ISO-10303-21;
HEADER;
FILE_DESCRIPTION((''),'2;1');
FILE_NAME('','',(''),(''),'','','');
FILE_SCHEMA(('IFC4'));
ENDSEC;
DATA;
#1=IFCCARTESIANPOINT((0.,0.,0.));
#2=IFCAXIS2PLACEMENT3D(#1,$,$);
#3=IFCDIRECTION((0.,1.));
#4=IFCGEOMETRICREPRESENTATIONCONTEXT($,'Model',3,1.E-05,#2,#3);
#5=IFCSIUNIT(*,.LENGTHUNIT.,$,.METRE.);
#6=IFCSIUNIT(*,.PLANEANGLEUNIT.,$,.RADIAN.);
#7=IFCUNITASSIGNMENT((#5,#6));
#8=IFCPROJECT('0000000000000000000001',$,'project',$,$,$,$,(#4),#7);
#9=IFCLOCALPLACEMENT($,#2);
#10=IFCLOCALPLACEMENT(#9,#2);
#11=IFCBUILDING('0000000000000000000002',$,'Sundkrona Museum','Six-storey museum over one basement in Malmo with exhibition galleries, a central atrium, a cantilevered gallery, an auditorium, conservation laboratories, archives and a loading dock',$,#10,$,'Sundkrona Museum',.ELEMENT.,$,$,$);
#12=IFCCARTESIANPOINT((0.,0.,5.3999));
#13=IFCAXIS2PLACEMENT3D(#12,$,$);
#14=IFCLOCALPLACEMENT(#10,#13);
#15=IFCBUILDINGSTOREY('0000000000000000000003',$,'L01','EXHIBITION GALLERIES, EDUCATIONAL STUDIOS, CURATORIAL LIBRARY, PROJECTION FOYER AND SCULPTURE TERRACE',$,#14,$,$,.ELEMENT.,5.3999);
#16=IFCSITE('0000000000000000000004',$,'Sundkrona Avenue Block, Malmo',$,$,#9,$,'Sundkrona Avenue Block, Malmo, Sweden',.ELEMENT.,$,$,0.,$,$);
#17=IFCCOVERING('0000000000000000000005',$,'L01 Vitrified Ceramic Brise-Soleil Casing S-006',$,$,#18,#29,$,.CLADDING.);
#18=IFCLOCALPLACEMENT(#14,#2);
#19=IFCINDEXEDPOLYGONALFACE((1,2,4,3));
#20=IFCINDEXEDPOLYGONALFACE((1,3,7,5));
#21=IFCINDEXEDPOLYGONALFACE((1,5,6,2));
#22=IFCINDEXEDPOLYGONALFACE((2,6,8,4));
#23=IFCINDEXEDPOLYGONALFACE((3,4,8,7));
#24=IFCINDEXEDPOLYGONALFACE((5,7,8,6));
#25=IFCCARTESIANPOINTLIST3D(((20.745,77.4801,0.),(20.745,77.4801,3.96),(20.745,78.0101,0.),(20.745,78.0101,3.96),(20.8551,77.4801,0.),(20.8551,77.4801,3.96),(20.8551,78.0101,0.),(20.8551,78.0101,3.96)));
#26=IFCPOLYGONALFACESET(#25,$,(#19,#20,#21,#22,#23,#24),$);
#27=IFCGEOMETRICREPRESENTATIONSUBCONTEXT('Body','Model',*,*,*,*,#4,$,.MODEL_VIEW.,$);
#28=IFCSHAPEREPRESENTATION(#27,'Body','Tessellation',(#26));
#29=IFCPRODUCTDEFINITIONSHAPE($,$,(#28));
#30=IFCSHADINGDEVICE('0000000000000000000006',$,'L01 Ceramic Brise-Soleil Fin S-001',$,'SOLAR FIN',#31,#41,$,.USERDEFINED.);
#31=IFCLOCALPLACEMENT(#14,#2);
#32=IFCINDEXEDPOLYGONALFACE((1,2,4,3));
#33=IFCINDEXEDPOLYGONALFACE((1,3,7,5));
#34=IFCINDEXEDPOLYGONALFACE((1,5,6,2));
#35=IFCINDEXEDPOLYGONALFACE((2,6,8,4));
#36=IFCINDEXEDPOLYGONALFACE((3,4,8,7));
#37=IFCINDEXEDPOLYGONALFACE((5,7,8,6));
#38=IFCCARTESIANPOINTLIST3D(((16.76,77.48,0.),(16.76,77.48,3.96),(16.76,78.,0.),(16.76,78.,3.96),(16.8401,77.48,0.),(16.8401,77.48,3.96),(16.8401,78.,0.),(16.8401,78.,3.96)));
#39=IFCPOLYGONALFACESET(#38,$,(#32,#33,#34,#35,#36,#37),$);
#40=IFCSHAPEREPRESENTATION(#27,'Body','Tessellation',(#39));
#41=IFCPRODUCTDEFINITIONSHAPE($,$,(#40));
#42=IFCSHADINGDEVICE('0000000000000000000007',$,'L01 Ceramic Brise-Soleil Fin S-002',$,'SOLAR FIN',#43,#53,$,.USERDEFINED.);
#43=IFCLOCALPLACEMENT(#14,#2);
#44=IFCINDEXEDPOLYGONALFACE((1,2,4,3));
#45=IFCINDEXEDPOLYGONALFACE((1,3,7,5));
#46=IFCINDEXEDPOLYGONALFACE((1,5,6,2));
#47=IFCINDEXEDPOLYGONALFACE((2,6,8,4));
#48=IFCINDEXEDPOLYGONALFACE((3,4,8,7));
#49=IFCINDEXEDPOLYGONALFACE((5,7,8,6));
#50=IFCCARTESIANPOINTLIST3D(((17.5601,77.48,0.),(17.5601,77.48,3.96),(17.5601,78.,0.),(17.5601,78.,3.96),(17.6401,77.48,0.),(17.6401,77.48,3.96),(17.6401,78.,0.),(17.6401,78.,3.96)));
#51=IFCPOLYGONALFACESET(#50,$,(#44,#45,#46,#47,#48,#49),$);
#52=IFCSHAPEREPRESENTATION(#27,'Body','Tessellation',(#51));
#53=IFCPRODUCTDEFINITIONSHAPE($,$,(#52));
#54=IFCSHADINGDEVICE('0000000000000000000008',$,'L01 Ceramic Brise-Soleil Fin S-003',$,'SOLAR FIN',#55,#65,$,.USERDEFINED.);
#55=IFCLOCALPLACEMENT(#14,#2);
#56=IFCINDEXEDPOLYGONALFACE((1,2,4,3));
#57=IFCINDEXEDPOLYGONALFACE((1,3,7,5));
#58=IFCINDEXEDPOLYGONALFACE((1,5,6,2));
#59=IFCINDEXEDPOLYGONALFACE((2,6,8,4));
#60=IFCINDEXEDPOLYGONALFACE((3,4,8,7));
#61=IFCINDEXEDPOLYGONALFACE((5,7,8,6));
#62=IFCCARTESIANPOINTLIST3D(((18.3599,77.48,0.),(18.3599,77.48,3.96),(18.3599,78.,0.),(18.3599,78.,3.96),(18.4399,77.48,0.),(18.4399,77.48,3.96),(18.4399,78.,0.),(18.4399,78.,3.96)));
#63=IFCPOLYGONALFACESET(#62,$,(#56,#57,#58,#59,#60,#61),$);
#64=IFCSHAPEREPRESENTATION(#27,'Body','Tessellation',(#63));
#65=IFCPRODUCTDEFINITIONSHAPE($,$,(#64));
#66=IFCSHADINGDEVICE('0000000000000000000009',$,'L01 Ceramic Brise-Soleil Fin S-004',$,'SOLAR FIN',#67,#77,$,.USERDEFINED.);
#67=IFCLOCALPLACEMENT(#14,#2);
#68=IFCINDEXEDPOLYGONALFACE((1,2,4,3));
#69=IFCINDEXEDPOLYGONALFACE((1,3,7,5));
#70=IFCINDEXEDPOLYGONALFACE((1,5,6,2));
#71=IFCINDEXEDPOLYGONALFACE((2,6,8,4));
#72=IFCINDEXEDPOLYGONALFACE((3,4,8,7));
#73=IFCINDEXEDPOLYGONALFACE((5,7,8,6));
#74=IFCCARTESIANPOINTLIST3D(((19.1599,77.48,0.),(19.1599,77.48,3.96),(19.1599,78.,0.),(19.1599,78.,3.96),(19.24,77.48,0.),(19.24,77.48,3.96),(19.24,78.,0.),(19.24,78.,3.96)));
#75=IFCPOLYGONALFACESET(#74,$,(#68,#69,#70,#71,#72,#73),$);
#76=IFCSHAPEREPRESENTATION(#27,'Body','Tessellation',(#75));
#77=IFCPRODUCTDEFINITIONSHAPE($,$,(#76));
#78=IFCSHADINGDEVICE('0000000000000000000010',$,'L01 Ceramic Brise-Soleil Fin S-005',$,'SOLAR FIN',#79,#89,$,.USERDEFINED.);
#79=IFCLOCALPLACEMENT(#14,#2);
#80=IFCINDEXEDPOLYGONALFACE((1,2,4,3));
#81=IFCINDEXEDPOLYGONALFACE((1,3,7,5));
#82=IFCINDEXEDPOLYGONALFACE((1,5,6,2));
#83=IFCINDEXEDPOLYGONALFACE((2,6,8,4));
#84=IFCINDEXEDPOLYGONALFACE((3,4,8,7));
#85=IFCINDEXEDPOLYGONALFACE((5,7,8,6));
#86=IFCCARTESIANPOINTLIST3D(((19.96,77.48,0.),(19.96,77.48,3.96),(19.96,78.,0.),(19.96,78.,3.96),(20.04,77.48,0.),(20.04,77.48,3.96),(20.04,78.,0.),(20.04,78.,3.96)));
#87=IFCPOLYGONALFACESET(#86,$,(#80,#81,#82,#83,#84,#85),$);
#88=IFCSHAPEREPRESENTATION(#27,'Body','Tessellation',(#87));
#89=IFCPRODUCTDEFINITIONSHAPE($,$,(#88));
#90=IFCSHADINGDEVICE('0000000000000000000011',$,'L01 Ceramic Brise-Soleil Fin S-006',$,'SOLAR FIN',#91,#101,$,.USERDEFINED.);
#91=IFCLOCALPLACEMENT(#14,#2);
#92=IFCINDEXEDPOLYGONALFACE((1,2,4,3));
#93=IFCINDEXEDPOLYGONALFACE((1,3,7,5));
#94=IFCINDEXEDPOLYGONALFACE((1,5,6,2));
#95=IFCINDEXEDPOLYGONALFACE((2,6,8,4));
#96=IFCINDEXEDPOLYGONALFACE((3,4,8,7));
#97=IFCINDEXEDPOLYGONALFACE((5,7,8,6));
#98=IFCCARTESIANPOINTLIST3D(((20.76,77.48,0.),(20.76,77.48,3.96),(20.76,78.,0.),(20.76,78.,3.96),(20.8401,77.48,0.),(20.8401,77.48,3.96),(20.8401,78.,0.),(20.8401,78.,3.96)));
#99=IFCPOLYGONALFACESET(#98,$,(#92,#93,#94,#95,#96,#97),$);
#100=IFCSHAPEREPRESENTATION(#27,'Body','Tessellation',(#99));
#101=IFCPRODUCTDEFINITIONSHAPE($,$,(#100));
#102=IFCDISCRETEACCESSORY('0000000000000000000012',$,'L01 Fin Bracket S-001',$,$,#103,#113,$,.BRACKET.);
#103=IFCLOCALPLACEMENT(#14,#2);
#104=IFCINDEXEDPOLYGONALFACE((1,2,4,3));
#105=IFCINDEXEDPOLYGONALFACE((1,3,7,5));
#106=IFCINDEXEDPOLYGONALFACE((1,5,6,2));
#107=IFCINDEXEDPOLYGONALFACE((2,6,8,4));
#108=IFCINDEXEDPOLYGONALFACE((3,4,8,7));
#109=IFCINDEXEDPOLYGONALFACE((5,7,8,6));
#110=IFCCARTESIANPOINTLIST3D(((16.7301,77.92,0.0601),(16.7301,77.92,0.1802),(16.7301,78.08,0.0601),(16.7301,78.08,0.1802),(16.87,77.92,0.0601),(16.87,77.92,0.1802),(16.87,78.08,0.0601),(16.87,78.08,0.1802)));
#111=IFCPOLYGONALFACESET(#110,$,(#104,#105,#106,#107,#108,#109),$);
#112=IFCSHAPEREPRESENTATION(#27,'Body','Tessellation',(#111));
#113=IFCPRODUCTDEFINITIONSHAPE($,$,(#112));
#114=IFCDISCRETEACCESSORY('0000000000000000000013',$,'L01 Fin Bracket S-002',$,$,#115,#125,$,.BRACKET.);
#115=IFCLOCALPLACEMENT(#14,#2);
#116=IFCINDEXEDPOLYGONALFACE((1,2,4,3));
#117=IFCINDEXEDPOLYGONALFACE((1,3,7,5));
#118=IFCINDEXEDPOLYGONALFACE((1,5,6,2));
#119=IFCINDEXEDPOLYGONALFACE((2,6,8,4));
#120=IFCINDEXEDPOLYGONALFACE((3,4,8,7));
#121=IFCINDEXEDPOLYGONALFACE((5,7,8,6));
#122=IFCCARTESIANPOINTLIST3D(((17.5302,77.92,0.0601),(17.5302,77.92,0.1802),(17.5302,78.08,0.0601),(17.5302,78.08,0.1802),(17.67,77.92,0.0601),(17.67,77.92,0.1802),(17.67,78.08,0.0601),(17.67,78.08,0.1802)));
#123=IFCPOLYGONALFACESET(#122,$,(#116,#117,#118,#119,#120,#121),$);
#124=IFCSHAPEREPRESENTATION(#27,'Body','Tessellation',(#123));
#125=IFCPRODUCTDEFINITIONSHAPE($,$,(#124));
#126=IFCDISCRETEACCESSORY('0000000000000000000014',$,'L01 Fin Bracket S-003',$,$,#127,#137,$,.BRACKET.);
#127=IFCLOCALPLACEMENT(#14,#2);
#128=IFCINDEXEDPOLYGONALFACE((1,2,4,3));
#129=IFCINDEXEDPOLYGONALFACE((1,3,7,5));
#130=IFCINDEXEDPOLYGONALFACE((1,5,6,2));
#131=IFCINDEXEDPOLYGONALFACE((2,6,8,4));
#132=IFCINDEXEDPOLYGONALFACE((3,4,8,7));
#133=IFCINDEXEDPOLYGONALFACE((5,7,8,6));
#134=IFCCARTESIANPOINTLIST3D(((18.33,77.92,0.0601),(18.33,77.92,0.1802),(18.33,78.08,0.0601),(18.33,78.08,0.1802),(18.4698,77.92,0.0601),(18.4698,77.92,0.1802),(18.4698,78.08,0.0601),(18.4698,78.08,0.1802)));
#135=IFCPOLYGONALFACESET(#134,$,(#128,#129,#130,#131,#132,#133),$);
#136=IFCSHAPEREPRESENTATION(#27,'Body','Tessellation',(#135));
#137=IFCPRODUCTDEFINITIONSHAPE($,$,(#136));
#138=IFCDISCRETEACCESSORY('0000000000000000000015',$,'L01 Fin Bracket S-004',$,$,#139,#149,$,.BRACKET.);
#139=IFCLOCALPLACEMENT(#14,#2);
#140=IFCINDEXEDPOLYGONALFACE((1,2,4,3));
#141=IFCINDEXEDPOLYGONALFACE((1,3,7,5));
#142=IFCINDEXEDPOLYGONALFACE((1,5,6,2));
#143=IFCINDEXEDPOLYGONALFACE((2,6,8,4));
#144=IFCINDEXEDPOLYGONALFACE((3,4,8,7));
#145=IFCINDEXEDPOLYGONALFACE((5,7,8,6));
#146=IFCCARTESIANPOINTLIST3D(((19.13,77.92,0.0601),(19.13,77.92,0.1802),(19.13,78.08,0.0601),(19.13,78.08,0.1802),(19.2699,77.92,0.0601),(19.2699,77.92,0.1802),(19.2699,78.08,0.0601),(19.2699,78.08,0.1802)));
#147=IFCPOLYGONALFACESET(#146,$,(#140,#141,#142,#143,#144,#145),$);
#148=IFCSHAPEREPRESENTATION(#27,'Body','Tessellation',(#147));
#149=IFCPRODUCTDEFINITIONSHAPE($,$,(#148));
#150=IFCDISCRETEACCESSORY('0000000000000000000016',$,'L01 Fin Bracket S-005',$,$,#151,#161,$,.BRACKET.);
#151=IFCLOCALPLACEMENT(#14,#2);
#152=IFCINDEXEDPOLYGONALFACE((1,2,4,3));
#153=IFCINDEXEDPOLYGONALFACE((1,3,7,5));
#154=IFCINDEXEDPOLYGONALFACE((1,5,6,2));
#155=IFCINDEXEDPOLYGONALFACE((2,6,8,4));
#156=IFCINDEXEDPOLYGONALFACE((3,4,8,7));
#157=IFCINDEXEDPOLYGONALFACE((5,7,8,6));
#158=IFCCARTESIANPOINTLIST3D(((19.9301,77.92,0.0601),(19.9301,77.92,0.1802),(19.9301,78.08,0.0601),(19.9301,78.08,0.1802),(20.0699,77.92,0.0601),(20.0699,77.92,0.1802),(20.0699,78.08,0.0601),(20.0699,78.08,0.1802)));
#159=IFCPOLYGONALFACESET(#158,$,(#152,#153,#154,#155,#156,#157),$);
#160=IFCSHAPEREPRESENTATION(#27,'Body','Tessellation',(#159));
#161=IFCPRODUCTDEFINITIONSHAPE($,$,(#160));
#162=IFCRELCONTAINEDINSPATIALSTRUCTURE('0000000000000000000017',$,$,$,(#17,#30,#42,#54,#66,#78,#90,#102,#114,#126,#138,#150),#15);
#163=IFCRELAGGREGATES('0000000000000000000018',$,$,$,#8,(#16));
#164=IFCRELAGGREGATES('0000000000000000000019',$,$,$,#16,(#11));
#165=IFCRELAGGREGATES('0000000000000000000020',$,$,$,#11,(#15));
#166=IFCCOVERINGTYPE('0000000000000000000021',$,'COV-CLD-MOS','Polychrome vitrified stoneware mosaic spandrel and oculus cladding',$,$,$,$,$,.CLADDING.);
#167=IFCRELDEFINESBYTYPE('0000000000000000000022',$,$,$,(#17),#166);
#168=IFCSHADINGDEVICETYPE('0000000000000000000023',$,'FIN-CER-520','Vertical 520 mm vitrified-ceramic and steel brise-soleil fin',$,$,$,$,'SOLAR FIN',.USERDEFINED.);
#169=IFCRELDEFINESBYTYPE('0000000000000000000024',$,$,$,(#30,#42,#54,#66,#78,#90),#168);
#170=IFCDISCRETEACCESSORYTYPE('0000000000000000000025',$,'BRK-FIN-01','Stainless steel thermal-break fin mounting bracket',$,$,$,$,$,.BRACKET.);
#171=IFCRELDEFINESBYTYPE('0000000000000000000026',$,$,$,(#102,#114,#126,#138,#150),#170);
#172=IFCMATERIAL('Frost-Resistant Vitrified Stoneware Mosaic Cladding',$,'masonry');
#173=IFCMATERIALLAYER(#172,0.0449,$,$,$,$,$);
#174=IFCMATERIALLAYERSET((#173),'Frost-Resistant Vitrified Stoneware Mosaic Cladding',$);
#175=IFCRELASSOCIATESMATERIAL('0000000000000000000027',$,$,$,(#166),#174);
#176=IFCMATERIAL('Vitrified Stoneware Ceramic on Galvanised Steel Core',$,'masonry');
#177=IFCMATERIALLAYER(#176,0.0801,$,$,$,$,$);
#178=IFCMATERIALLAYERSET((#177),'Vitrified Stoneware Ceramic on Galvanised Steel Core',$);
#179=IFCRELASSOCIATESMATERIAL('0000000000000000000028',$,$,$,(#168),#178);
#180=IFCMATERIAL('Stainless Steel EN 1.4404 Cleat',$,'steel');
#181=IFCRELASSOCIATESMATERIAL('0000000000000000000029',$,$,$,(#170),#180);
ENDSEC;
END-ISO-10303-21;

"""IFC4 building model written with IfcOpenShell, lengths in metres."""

from ifc_helpers import new_model, si_unit, direction, frame, origin, origin_2d, place, context, subcontext, project, spatial, rectangle, extrude, material, layer, layer_set, type_object, element, save


model = new_model("IFC4")

# Units and contexts
model_context = context("Model", 3, precision=1e-05, world=origin(), true_north=direction((0.0, 1.0)))
body_context = subcontext(model_context, "Body", "Model", "MODEL_VIEW")
ifc_project = project(units=[si_unit("LENGTHUNIT", "METRE"), si_unit("PLANEANGLEUNIT", "RADIAN")], contexts=[model_context])

# Site, building, storey
site_placement = place(None, origin())
site = spatial("IfcSite", under=ifc_project, at=site_placement, Name="Sundkrona Avenue Block, Malmo", LongName="Sundkrona Avenue Block, Malmo, Sweden", CompositionType="ELEMENT", RefElevation=0.0)
building_placement = place(site_placement, origin())
building = spatial("IfcBuilding", under=site, at=building_placement, Name="Sundkrona Museum", Description="Six-storey museum over one basement in Malmo with exhibition galleries, a central atrium, a cantilevered gallery, an auditorium, conservation laboratories, archives and a loading dock", LongName="Sundkrona Museum", CompositionType="ELEMENT")
storey_placement = place(building_placement, frame((0.0, 0.0, 5.3999)))
storey = spatial("IfcBuildingStorey", under=building, at=storey_placement, Name="L01", Description="EXHIBITION GALLERIES, EDUCATIONAL STUDIOS, CURATORIAL LIBRARY, PROJECTION FOYER AND SCULPTURE TERRACE", CompositionType="ELEMENT", Elevation=5.3999)

# Covering
ifc_material_1 = material(Name="Frost-Resistant Vitrified Stoneware Mosaic Cladding", Category="masonry")
ifc_layer_1 = layer(ifc_material_1, 0.0449)
ifc_layer_set_1 = layer_set([ifc_layer_1], Name="Frost-Resistant Vitrified Stoneware Mosaic Cladding")
covering_type = type_object("IfcCoveringType", Name="COV-CLD-MOS", Description="Polychrome vitrified stoneware mosaic spandrel and oculus cladding", PredefinedType="CLADDING", material=ifc_layer_set_1)
for number, where, z_axis, x_axis, name in (
    (1, (20.8, 77.7451, 0.0), (0.0, 0.0, 1.0), (1.0, 0.0, 0.0), "L01 Vitrified Ceramic Brise-Soleil Casing S-006"),
):
    element("IfcCovering", number, at=place(storey_placement, frame(where, z_axis=z_axis, x_axis=x_axis)), inside=storey, type_object=covering_type, Name=name, PredefinedType="CLADDING", context=body_context, shape_type="SweptSolid", body=[
        extrude(rectangle(XDim=0.1101, YDim=0.53, at=origin_2d()), origin(), (0.0, 0.0, 1.0), 3.96),
    ])

# Shading devices
ifc_material_2 = material(Name="Vitrified Stoneware Ceramic on Galvanised Steel Core", Category="masonry")
ifc_layer_2 = layer(ifc_material_2, 0.0801)
ifc_layer_set_2 = layer_set([ifc_layer_2], Name="Vitrified Stoneware Ceramic on Galvanised Steel Core")
shading_device_type = type_object("IfcShadingDeviceType", Name="FIN-CER-520", Description="Vertical 520 mm vitrified-ceramic and steel brise-soleil fin", ElementType="SOLAR FIN", PredefinedType="USERDEFINED", material=ifc_layer_set_2)
for number, where, z_axis, x_axis, name in (
    (2, (16.8, 77.74, 0.0), (0.0, 0.0, 1.0), (1.0, 0.0, 0.0), "L01 Ceramic Brise-Soleil Fin S-001"),
    (3, (17.6001, 77.74, 0.0), (0.0, 0.0, 1.0), (1.0, 0.0, 0.0), "L01 Ceramic Brise-Soleil Fin S-002"),
    (4, (18.3999, 77.74, 0.0), (0.0, 0.0, 1.0), (1.0, 0.0, 0.0), "L01 Ceramic Brise-Soleil Fin S-003"),
    (5, (19.2, 77.74, 0.0), (0.0, 0.0, 1.0), (1.0, 0.0, 0.0), "L01 Ceramic Brise-Soleil Fin S-004"),
    (6, (20.0, 77.74, 0.0), (0.0, 0.0, 1.0), (1.0, 0.0, 0.0), "L01 Ceramic Brise-Soleil Fin S-005"),
    (7, (20.8, 77.74, 0.0), (0.0, 0.0, 1.0), (1.0, 0.0, 0.0), "L01 Ceramic Brise-Soleil Fin S-006"),
):
    element("IfcShadingDevice", number, at=place(storey_placement, frame(where, z_axis=z_axis, x_axis=x_axis)), inside=storey, type_object=shading_device_type, Name=name, ObjectType="SOLAR FIN", PredefinedType="USERDEFINED", context=body_context, shape_type="SweptSolid", body=[
        extrude(rectangle(XDim=0.0801, YDim=0.52, at=origin_2d()), origin(), (0.0, 0.0, 1.0), 3.96),
    ])

# Discrete accessories
ifc_material_3 = material(Name="Stainless Steel EN 1.4404 Cleat", Category="steel")
discrete_accessory_type = type_object("IfcDiscreteAccessoryType", Name="BRK-FIN-01", Description="Stainless steel thermal-break fin mounting bracket", PredefinedType="BRACKET", material=ifc_material_3)
for number, where, z_axis, x_axis, name in (
    (8, (16.8, 78.0, 0.0601), (0.0, 0.0, 1.0), (1.0, 0.0, 0.0), "L01 Fin Bracket S-001"),
    (9, (17.6001, 78.0, 0.0601), (0.0, 0.0, 1.0), (1.0, 0.0, 0.0), "L01 Fin Bracket S-002"),
    (10, (18.3999, 78.0, 0.0601), (0.0, 0.0, 1.0), (1.0, 0.0, 0.0), "L01 Fin Bracket S-003"),
    (11, (19.2, 78.0, 0.0601), (0.0, 0.0, 1.0), (1.0, 0.0, 0.0), "L01 Fin Bracket S-004"),
    (12, (20.0, 78.0, 0.0601), (0.0, 0.0, 1.0), (1.0, 0.0, 0.0), "L01 Fin Bracket S-005"),
):
    element("IfcDiscreteAccessory", number, at=place(storey_placement, frame(where, z_axis=z_axis, x_axis=x_axis)), inside=storey, type_object=discrete_accessory_type, Name=name, PredefinedType="BRACKET", context=body_context, shape_type="SweptSolid", body=[
        extrude(rectangle(XDim=0.1399, YDim=0.1599, at=origin_2d()), origin(), (0.0, 0.0, 1.0), 0.1201),
    ])

save(model, "model.ifc")
